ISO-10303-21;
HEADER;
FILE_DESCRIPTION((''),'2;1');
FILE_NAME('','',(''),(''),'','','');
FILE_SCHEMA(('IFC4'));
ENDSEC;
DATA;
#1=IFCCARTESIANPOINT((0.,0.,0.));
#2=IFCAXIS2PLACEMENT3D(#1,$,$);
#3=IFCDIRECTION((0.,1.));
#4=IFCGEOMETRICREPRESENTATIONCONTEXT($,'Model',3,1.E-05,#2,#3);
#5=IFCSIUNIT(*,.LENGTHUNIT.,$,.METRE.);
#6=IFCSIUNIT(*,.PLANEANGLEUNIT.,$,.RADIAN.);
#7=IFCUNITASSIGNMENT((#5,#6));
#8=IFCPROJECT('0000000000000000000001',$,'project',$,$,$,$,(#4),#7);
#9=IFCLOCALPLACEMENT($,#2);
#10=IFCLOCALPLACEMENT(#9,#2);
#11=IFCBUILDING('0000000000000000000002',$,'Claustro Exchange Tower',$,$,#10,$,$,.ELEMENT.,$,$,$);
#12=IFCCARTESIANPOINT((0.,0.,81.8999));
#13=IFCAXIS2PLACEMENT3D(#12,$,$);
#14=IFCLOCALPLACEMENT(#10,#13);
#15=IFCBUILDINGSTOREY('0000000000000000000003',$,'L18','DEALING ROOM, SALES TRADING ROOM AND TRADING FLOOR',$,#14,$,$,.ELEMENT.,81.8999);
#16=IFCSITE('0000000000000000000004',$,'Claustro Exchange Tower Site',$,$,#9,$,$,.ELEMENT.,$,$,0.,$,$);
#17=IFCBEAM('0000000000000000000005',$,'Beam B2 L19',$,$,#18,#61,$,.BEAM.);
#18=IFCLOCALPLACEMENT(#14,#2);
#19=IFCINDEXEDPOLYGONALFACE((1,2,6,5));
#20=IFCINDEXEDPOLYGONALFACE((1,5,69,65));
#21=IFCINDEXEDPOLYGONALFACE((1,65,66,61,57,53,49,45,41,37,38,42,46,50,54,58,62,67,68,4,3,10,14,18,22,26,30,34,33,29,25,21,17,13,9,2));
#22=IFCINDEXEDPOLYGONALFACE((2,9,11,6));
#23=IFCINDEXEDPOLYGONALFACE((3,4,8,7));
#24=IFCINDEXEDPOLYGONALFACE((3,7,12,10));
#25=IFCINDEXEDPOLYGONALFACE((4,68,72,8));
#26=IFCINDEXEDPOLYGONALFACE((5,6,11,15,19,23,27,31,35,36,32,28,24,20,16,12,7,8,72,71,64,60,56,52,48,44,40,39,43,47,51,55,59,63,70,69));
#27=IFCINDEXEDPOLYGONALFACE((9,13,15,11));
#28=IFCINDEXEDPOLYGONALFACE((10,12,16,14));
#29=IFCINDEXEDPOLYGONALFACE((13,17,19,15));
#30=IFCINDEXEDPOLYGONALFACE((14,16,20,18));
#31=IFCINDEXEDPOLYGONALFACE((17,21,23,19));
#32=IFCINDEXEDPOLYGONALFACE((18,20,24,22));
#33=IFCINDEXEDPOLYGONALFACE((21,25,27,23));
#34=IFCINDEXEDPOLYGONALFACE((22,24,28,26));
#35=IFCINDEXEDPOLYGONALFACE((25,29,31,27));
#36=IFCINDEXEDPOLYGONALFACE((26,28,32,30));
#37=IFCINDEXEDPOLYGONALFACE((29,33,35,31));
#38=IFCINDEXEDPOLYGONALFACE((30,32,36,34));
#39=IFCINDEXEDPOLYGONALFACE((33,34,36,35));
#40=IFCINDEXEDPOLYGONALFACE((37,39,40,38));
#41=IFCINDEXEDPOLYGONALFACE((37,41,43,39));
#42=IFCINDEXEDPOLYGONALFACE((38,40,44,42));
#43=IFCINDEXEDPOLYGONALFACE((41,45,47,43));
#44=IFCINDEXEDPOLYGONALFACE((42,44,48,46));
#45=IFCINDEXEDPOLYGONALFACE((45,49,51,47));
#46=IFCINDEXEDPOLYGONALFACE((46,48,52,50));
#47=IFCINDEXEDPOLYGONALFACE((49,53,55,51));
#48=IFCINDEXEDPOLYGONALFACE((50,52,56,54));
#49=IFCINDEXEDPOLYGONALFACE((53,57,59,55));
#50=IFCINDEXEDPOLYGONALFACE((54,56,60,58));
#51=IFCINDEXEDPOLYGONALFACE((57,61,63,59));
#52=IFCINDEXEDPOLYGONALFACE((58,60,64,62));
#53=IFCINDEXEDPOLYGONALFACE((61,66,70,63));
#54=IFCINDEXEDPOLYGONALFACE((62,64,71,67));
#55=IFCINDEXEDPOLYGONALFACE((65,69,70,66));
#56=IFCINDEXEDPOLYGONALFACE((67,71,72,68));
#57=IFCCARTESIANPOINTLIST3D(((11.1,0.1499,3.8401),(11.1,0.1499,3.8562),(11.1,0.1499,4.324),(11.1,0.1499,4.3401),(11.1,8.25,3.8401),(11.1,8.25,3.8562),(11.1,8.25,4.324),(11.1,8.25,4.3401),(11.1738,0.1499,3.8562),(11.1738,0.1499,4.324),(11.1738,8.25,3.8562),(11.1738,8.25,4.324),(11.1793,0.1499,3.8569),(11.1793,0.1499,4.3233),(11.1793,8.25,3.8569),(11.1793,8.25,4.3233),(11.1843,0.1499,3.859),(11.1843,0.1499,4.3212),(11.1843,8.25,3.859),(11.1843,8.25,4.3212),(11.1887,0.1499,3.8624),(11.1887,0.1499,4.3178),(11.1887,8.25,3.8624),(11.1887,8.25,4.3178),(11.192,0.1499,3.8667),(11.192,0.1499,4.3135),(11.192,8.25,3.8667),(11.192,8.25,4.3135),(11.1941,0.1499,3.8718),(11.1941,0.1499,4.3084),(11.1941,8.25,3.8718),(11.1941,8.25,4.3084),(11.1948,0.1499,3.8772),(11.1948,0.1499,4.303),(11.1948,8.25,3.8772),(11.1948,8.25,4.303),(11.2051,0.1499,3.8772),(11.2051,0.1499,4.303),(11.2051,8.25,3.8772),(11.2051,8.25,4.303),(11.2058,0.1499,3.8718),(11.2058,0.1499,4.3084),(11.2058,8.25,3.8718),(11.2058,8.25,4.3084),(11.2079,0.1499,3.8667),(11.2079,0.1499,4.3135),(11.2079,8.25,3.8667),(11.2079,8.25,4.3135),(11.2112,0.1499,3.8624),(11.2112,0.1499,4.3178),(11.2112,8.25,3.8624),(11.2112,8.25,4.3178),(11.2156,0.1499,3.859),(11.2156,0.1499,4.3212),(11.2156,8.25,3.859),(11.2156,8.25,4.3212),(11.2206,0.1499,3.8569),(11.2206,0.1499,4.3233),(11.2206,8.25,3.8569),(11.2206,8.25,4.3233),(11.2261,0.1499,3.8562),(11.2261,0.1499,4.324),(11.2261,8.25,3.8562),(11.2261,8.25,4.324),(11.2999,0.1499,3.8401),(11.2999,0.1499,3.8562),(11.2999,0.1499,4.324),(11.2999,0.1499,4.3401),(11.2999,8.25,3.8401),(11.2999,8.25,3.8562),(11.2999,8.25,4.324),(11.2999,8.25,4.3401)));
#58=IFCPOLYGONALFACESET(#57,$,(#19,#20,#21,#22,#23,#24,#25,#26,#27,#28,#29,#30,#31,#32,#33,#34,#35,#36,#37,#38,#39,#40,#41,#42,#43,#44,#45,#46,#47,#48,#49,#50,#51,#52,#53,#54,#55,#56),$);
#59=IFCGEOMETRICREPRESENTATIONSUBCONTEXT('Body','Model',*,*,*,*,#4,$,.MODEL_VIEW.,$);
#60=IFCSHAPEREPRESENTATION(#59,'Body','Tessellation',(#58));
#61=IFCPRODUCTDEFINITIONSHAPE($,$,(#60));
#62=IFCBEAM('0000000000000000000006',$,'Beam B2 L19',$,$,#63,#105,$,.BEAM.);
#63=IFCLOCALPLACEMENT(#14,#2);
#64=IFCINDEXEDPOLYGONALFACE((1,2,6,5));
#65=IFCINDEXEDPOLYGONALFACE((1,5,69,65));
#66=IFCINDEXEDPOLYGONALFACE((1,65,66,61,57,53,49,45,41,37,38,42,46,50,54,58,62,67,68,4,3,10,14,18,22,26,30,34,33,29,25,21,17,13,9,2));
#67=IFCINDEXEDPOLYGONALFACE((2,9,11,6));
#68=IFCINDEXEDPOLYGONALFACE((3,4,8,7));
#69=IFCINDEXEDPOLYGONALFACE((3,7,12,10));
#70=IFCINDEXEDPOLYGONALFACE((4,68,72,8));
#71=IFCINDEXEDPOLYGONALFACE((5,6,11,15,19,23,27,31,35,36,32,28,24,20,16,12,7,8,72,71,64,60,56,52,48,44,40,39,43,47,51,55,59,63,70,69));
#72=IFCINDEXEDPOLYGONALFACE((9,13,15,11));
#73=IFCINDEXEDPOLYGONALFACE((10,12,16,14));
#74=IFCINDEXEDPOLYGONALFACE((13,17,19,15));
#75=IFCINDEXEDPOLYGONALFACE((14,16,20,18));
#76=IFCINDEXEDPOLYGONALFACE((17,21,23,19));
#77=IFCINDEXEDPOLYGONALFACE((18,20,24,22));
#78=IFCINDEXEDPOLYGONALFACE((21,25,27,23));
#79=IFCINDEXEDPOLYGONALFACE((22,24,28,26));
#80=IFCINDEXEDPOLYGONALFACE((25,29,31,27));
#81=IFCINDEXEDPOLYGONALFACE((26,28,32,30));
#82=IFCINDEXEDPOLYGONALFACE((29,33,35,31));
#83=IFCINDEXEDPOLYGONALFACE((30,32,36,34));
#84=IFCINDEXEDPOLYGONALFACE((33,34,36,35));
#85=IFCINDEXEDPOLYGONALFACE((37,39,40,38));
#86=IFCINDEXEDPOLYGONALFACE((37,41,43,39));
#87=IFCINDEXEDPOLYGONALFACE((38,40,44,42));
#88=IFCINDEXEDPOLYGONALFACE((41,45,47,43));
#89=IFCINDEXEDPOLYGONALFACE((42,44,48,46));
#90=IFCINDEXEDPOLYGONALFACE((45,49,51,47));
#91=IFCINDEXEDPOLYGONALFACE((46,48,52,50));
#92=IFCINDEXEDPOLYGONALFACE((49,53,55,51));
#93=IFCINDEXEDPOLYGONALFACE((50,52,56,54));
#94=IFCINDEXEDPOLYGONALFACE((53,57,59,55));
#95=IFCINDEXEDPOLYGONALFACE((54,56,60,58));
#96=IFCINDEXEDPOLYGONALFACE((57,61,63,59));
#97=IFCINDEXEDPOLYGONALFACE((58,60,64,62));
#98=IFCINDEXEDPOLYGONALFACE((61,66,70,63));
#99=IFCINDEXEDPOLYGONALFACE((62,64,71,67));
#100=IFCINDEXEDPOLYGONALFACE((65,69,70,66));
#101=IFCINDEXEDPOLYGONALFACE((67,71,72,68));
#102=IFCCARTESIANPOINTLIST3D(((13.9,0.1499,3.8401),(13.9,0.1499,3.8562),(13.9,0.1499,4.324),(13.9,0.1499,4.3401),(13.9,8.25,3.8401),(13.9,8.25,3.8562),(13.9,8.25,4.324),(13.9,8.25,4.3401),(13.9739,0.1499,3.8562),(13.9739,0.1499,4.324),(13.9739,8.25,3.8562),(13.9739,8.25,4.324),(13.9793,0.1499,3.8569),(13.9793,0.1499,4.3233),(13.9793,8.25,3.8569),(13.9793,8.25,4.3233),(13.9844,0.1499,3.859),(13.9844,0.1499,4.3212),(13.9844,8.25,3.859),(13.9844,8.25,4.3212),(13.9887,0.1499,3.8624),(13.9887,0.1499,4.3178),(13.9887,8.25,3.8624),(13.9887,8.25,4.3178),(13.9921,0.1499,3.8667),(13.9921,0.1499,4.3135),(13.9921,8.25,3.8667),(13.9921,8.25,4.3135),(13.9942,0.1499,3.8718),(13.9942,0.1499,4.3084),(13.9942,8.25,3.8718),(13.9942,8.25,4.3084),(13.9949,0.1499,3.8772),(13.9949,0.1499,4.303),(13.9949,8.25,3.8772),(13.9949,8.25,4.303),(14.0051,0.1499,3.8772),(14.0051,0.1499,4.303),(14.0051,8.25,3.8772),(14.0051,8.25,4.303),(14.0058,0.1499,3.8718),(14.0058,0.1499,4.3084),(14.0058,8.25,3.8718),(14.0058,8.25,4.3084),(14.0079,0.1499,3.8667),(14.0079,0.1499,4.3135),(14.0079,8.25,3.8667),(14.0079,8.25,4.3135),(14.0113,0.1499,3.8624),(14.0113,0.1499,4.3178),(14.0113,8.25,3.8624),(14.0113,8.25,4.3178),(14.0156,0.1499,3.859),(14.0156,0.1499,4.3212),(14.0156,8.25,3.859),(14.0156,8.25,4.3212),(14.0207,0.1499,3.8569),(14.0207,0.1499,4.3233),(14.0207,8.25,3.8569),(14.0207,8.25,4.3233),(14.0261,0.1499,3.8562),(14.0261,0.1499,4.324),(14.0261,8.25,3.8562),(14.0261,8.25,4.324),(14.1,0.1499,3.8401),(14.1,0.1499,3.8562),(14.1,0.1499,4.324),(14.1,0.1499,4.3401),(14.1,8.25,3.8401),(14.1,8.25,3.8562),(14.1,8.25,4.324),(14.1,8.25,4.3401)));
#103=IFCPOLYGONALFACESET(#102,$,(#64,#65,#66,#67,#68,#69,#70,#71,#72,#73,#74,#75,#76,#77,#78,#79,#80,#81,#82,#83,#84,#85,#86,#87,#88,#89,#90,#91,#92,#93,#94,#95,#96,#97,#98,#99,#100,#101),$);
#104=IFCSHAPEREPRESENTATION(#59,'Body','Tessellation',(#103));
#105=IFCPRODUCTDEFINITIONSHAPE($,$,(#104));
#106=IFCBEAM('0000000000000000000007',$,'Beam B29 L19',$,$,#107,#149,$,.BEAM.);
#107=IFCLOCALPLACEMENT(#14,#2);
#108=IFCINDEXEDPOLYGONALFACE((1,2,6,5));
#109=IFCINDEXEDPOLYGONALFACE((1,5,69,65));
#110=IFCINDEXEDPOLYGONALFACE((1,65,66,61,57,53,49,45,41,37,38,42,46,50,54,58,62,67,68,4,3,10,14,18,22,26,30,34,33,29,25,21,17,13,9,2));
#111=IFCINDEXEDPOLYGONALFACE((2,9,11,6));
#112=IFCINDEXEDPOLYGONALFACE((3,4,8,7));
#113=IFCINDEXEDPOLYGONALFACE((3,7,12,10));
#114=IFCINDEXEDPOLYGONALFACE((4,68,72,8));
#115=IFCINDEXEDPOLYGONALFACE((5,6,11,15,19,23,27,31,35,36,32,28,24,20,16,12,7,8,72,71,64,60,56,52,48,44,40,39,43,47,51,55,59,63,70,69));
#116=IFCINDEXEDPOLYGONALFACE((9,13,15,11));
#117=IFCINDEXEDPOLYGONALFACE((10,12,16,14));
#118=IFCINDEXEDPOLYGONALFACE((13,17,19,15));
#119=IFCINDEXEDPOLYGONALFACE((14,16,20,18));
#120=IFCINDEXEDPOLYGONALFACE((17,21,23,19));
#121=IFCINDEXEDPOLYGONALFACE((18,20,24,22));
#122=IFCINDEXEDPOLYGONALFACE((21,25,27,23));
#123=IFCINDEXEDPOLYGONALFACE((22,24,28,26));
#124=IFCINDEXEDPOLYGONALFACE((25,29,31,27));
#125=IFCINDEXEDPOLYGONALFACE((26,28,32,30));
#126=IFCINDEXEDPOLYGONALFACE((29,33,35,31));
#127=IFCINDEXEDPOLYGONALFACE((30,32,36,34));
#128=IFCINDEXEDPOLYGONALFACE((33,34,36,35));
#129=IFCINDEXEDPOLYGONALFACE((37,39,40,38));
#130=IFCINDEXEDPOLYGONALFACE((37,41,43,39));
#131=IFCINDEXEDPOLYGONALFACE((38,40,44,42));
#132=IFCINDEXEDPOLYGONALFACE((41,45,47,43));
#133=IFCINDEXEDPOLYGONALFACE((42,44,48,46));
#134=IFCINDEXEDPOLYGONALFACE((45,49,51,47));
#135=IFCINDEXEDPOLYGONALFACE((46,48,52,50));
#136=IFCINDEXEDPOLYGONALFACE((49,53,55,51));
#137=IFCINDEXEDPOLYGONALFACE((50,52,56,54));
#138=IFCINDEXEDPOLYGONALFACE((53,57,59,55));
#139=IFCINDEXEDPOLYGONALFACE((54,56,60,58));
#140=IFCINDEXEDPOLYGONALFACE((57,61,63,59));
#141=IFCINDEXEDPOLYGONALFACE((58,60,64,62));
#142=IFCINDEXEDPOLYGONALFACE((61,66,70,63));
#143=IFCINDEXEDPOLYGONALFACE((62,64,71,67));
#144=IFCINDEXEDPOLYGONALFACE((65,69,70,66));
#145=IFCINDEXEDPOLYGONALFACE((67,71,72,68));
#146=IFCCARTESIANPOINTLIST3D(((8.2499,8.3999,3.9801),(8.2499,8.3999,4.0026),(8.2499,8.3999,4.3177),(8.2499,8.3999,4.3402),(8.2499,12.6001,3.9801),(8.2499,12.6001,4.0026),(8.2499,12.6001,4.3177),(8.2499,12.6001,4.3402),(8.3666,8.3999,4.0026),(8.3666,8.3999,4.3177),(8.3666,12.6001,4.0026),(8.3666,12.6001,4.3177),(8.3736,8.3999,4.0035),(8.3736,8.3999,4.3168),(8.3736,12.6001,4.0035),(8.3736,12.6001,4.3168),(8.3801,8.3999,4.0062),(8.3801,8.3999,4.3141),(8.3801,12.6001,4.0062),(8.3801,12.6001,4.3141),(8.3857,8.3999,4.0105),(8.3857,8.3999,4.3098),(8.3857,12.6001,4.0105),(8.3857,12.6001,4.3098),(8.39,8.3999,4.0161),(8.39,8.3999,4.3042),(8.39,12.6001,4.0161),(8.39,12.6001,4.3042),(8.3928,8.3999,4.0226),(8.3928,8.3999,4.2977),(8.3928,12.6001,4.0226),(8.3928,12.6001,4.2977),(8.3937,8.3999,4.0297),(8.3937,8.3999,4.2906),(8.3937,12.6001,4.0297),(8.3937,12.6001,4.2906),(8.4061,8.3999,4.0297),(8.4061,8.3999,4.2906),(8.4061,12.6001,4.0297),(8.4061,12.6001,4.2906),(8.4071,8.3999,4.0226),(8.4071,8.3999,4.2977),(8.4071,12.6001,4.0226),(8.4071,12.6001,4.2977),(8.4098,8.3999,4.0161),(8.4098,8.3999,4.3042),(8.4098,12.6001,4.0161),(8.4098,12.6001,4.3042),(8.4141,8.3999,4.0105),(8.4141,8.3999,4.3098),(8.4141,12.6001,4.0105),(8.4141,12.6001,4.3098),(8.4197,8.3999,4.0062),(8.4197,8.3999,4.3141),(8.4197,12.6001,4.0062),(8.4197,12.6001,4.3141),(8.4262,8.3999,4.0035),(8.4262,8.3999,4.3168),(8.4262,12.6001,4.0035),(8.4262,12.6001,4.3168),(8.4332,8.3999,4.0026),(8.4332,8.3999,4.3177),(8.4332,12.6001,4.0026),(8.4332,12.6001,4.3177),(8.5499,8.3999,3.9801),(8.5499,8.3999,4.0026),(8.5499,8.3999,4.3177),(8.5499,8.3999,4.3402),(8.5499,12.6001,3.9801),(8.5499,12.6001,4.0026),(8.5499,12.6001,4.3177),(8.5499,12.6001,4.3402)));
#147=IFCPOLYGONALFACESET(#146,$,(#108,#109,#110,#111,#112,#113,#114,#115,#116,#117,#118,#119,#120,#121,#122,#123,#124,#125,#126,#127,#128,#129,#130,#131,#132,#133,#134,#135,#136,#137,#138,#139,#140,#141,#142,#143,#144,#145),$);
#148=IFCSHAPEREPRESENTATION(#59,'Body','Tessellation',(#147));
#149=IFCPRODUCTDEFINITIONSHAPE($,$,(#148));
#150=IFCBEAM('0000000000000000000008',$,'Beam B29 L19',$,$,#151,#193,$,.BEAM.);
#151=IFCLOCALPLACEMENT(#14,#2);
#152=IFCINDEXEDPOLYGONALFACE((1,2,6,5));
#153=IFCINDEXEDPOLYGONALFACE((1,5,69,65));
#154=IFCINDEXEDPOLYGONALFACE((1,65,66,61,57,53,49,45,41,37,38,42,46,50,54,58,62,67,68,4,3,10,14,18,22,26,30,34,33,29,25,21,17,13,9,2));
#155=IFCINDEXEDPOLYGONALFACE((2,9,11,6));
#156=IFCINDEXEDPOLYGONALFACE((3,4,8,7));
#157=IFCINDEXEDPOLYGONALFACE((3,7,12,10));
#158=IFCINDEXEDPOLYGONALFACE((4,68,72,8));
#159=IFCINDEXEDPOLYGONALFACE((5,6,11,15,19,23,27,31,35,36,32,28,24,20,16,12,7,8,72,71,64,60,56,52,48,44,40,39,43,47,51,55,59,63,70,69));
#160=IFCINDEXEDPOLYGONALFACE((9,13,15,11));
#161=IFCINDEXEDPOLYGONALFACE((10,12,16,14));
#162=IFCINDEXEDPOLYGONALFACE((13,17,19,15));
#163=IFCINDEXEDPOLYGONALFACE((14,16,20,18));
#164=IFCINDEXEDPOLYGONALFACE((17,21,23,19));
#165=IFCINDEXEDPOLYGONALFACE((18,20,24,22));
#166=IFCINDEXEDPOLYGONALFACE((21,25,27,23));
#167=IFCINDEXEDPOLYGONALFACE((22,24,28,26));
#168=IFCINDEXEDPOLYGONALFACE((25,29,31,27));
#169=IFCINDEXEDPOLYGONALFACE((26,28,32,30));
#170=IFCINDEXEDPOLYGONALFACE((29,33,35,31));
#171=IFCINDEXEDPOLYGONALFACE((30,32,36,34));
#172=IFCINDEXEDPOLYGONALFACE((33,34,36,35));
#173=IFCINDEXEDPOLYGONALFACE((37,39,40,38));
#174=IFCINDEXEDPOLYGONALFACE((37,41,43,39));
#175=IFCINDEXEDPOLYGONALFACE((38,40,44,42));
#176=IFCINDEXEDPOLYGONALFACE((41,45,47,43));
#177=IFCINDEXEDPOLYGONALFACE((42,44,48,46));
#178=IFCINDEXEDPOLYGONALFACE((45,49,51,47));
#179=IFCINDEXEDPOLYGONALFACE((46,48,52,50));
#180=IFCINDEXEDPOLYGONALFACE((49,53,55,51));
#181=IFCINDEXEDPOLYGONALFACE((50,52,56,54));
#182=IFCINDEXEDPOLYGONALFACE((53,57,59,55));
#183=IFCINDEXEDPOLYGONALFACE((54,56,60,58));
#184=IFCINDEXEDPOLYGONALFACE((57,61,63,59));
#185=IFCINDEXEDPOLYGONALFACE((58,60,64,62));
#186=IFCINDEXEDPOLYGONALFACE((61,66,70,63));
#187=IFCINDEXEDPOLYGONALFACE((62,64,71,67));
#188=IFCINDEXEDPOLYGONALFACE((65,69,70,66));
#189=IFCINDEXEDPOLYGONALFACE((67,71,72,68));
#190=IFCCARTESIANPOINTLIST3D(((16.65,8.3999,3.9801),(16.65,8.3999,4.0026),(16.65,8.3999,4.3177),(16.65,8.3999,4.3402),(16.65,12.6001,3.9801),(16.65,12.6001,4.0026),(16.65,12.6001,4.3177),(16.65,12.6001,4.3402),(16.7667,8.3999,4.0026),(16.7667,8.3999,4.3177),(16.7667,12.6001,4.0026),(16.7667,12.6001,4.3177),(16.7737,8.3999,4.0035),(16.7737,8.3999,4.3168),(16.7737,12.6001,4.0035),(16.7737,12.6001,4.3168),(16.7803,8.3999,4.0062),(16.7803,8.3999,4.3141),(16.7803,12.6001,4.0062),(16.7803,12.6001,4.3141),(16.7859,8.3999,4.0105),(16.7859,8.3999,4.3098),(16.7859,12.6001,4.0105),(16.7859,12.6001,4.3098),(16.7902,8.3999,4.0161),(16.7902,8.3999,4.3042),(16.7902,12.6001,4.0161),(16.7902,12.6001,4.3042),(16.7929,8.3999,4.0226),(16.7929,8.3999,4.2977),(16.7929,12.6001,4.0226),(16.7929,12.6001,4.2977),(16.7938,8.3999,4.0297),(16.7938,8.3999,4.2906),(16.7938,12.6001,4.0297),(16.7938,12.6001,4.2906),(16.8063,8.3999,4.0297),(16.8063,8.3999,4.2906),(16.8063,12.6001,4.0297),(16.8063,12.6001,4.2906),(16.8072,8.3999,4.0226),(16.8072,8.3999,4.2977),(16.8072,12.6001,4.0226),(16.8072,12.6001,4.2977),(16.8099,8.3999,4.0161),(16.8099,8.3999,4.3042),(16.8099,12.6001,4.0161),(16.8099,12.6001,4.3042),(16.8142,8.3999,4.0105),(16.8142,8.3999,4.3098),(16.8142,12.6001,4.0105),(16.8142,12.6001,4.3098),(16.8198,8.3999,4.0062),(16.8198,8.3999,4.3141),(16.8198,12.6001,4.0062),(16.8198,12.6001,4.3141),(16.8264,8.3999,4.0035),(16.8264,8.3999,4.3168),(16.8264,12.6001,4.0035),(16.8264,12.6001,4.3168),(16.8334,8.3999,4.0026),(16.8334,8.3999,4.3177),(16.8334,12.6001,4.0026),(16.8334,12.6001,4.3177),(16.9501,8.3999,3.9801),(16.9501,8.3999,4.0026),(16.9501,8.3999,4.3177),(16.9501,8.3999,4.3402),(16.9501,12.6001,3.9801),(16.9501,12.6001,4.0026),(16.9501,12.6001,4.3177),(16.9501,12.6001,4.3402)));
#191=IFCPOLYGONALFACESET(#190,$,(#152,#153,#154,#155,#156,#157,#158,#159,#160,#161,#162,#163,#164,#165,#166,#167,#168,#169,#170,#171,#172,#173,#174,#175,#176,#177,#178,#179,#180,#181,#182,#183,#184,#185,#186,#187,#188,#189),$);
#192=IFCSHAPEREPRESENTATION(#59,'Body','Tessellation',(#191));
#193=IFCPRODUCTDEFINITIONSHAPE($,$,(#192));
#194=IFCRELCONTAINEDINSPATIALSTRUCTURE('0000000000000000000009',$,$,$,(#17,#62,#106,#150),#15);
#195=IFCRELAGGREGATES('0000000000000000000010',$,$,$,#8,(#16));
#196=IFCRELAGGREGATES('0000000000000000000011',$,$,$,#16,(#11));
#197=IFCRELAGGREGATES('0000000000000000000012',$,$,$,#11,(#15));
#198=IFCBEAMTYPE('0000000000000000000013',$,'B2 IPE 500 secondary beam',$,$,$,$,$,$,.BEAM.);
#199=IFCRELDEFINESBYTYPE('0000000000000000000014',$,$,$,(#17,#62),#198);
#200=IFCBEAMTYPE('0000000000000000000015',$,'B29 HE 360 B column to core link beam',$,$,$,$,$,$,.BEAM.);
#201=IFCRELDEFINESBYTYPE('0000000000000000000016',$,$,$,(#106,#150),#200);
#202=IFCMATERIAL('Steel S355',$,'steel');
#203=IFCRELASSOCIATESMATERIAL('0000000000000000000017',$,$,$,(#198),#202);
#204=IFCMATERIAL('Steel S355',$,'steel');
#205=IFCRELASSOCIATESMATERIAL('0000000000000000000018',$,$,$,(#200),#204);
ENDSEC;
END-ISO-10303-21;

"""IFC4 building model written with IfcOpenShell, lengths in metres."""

from ifc_helpers import new_model, si_unit, direction, frame, origin, origin_2d, place, context, subcontext, project, spatial, i_section, extrude, material, material_profile, profile_set, type_object, element, save


model = new_model("IFC4")

# Units and contexts
model_context = context("Model", 3, precision=1e-05, world=origin(), true_north=direction((0.0, 1.0)))
body_context = subcontext(model_context, "Body", "Model", "MODEL_VIEW")
ifc_project = project(units=[si_unit("LENGTHUNIT", "METRE"), si_unit("PLANEANGLEUNIT", "RADIAN")], contexts=[model_context])

# Site, building, storey
site_placement = place(None, origin())
site = spatial("IfcSite", under=ifc_project, at=site_placement, Name="Claustro Exchange Tower Site", CompositionType="ELEMENT", RefElevation=0.0)
building_placement = place(site_placement, origin())
building = spatial("IfcBuilding", under=site, at=building_placement, Name="Claustro Exchange Tower", CompositionType="ELEMENT")
storey_placement = place(building_placement, frame((0.0, 0.0, 81.8999)))
storey = spatial("IfcBuildingStorey", under=building, at=storey_placement, Name="L18", Description="DEALING ROOM, SALES TRADING ROOM AND TRADING FLOOR", CompositionType="ELEMENT", Elevation=81.8999)

# Beams
ifc_material_1 = material(Name="Steel S355", Category="steel")
ifc_material_profile_1 = material_profile(ifc_material_1, i_section(OverallWidth=0.2, OverallDepth=0.5, WebThickness=0.0103, FlangeThickness=0.0161, FilletRadius=0.021, at=origin_2d()), Name="IPE 500")
ifc_profile_set_1 = profile_set([ifc_material_profile_1], Name="Steel S355")
beam_type_1 = type_object("IfcBeamType", Name="B2 IPE 500 secondary beam", PredefinedType="BEAM", material=ifc_profile_set_1)
for number, where, z_axis, x_axis, name in (
    (1, (11.2, 0.1499, 4.0901), (0.0, 1.0, 0.0), (-1.0, 0.0, 0.0), "Beam B2 L19"),
    (2, (14.0, 0.1499, 4.0901), (0.0, 1.0, 0.0), (-1.0, 0.0, 0.0), "Beam B2 L19"),
):
    element("IfcBeam", number, at=place(storey_placement, frame(where, z_axis=z_axis, x_axis=x_axis)), inside=storey, type_object=beam_type_1, Name=name, PredefinedType="BEAM", context=body_context, shape_type="SweptSolid", body=[
        extrude(i_section(OverallWidth=0.2, OverallDepth=0.5, WebThickness=0.0103, FlangeThickness=0.0161, FilletRadius=0.021, at=origin_2d()), origin(), (0.0, 0.0, 1.0), 8.1001),
    ])
ifc_material_2 = material(Name="Steel S355", Category="steel")
ifc_material_profile_2 = material_profile(ifc_material_2, i_section(OverallWidth=0.3, OverallDepth=0.3601, WebThickness=0.0125, FlangeThickness=0.0225, FilletRadius=0.0271, at=origin_2d()), Name="HE 360 B")
ifc_profile_set_2 = profile_set([ifc_material_profile_2], Name="Steel S355")
beam_type_2 = type_object("IfcBeamType", Name="B29 HE 360 B column to core link beam", PredefinedType="BEAM", material=ifc_profile_set_2)
for number, where, z_axis, x_axis, name in (
    (3, (8.3999, 8.3999, 4.1602), (0.0, 1.0, 0.0), (-1.0, 0.0, 0.0), "Beam B29 L19"),
    (4, (16.8, 8.3999, 4.1602), (0.0, 1.0, 0.0), (-1.0, 0.0, 0.0), "Beam B29 L19"),
):
    element("IfcBeam", number, at=place(storey_placement, frame(where, z_axis=z_axis, x_axis=x_axis)), inside=storey, type_object=beam_type_2, Name=name, PredefinedType="BEAM", context=body_context, shape_type="SweptSolid", body=[
        extrude(i_section(OverallWidth=0.3, OverallDepth=0.3601, WebThickness=0.0125, FlangeThickness=0.0225, FilletRadius=0.0271, at=origin_2d()), origin(), (0.0, 0.0, 1.0), 4.2002),
    ])

save(model, "model.ifc")
